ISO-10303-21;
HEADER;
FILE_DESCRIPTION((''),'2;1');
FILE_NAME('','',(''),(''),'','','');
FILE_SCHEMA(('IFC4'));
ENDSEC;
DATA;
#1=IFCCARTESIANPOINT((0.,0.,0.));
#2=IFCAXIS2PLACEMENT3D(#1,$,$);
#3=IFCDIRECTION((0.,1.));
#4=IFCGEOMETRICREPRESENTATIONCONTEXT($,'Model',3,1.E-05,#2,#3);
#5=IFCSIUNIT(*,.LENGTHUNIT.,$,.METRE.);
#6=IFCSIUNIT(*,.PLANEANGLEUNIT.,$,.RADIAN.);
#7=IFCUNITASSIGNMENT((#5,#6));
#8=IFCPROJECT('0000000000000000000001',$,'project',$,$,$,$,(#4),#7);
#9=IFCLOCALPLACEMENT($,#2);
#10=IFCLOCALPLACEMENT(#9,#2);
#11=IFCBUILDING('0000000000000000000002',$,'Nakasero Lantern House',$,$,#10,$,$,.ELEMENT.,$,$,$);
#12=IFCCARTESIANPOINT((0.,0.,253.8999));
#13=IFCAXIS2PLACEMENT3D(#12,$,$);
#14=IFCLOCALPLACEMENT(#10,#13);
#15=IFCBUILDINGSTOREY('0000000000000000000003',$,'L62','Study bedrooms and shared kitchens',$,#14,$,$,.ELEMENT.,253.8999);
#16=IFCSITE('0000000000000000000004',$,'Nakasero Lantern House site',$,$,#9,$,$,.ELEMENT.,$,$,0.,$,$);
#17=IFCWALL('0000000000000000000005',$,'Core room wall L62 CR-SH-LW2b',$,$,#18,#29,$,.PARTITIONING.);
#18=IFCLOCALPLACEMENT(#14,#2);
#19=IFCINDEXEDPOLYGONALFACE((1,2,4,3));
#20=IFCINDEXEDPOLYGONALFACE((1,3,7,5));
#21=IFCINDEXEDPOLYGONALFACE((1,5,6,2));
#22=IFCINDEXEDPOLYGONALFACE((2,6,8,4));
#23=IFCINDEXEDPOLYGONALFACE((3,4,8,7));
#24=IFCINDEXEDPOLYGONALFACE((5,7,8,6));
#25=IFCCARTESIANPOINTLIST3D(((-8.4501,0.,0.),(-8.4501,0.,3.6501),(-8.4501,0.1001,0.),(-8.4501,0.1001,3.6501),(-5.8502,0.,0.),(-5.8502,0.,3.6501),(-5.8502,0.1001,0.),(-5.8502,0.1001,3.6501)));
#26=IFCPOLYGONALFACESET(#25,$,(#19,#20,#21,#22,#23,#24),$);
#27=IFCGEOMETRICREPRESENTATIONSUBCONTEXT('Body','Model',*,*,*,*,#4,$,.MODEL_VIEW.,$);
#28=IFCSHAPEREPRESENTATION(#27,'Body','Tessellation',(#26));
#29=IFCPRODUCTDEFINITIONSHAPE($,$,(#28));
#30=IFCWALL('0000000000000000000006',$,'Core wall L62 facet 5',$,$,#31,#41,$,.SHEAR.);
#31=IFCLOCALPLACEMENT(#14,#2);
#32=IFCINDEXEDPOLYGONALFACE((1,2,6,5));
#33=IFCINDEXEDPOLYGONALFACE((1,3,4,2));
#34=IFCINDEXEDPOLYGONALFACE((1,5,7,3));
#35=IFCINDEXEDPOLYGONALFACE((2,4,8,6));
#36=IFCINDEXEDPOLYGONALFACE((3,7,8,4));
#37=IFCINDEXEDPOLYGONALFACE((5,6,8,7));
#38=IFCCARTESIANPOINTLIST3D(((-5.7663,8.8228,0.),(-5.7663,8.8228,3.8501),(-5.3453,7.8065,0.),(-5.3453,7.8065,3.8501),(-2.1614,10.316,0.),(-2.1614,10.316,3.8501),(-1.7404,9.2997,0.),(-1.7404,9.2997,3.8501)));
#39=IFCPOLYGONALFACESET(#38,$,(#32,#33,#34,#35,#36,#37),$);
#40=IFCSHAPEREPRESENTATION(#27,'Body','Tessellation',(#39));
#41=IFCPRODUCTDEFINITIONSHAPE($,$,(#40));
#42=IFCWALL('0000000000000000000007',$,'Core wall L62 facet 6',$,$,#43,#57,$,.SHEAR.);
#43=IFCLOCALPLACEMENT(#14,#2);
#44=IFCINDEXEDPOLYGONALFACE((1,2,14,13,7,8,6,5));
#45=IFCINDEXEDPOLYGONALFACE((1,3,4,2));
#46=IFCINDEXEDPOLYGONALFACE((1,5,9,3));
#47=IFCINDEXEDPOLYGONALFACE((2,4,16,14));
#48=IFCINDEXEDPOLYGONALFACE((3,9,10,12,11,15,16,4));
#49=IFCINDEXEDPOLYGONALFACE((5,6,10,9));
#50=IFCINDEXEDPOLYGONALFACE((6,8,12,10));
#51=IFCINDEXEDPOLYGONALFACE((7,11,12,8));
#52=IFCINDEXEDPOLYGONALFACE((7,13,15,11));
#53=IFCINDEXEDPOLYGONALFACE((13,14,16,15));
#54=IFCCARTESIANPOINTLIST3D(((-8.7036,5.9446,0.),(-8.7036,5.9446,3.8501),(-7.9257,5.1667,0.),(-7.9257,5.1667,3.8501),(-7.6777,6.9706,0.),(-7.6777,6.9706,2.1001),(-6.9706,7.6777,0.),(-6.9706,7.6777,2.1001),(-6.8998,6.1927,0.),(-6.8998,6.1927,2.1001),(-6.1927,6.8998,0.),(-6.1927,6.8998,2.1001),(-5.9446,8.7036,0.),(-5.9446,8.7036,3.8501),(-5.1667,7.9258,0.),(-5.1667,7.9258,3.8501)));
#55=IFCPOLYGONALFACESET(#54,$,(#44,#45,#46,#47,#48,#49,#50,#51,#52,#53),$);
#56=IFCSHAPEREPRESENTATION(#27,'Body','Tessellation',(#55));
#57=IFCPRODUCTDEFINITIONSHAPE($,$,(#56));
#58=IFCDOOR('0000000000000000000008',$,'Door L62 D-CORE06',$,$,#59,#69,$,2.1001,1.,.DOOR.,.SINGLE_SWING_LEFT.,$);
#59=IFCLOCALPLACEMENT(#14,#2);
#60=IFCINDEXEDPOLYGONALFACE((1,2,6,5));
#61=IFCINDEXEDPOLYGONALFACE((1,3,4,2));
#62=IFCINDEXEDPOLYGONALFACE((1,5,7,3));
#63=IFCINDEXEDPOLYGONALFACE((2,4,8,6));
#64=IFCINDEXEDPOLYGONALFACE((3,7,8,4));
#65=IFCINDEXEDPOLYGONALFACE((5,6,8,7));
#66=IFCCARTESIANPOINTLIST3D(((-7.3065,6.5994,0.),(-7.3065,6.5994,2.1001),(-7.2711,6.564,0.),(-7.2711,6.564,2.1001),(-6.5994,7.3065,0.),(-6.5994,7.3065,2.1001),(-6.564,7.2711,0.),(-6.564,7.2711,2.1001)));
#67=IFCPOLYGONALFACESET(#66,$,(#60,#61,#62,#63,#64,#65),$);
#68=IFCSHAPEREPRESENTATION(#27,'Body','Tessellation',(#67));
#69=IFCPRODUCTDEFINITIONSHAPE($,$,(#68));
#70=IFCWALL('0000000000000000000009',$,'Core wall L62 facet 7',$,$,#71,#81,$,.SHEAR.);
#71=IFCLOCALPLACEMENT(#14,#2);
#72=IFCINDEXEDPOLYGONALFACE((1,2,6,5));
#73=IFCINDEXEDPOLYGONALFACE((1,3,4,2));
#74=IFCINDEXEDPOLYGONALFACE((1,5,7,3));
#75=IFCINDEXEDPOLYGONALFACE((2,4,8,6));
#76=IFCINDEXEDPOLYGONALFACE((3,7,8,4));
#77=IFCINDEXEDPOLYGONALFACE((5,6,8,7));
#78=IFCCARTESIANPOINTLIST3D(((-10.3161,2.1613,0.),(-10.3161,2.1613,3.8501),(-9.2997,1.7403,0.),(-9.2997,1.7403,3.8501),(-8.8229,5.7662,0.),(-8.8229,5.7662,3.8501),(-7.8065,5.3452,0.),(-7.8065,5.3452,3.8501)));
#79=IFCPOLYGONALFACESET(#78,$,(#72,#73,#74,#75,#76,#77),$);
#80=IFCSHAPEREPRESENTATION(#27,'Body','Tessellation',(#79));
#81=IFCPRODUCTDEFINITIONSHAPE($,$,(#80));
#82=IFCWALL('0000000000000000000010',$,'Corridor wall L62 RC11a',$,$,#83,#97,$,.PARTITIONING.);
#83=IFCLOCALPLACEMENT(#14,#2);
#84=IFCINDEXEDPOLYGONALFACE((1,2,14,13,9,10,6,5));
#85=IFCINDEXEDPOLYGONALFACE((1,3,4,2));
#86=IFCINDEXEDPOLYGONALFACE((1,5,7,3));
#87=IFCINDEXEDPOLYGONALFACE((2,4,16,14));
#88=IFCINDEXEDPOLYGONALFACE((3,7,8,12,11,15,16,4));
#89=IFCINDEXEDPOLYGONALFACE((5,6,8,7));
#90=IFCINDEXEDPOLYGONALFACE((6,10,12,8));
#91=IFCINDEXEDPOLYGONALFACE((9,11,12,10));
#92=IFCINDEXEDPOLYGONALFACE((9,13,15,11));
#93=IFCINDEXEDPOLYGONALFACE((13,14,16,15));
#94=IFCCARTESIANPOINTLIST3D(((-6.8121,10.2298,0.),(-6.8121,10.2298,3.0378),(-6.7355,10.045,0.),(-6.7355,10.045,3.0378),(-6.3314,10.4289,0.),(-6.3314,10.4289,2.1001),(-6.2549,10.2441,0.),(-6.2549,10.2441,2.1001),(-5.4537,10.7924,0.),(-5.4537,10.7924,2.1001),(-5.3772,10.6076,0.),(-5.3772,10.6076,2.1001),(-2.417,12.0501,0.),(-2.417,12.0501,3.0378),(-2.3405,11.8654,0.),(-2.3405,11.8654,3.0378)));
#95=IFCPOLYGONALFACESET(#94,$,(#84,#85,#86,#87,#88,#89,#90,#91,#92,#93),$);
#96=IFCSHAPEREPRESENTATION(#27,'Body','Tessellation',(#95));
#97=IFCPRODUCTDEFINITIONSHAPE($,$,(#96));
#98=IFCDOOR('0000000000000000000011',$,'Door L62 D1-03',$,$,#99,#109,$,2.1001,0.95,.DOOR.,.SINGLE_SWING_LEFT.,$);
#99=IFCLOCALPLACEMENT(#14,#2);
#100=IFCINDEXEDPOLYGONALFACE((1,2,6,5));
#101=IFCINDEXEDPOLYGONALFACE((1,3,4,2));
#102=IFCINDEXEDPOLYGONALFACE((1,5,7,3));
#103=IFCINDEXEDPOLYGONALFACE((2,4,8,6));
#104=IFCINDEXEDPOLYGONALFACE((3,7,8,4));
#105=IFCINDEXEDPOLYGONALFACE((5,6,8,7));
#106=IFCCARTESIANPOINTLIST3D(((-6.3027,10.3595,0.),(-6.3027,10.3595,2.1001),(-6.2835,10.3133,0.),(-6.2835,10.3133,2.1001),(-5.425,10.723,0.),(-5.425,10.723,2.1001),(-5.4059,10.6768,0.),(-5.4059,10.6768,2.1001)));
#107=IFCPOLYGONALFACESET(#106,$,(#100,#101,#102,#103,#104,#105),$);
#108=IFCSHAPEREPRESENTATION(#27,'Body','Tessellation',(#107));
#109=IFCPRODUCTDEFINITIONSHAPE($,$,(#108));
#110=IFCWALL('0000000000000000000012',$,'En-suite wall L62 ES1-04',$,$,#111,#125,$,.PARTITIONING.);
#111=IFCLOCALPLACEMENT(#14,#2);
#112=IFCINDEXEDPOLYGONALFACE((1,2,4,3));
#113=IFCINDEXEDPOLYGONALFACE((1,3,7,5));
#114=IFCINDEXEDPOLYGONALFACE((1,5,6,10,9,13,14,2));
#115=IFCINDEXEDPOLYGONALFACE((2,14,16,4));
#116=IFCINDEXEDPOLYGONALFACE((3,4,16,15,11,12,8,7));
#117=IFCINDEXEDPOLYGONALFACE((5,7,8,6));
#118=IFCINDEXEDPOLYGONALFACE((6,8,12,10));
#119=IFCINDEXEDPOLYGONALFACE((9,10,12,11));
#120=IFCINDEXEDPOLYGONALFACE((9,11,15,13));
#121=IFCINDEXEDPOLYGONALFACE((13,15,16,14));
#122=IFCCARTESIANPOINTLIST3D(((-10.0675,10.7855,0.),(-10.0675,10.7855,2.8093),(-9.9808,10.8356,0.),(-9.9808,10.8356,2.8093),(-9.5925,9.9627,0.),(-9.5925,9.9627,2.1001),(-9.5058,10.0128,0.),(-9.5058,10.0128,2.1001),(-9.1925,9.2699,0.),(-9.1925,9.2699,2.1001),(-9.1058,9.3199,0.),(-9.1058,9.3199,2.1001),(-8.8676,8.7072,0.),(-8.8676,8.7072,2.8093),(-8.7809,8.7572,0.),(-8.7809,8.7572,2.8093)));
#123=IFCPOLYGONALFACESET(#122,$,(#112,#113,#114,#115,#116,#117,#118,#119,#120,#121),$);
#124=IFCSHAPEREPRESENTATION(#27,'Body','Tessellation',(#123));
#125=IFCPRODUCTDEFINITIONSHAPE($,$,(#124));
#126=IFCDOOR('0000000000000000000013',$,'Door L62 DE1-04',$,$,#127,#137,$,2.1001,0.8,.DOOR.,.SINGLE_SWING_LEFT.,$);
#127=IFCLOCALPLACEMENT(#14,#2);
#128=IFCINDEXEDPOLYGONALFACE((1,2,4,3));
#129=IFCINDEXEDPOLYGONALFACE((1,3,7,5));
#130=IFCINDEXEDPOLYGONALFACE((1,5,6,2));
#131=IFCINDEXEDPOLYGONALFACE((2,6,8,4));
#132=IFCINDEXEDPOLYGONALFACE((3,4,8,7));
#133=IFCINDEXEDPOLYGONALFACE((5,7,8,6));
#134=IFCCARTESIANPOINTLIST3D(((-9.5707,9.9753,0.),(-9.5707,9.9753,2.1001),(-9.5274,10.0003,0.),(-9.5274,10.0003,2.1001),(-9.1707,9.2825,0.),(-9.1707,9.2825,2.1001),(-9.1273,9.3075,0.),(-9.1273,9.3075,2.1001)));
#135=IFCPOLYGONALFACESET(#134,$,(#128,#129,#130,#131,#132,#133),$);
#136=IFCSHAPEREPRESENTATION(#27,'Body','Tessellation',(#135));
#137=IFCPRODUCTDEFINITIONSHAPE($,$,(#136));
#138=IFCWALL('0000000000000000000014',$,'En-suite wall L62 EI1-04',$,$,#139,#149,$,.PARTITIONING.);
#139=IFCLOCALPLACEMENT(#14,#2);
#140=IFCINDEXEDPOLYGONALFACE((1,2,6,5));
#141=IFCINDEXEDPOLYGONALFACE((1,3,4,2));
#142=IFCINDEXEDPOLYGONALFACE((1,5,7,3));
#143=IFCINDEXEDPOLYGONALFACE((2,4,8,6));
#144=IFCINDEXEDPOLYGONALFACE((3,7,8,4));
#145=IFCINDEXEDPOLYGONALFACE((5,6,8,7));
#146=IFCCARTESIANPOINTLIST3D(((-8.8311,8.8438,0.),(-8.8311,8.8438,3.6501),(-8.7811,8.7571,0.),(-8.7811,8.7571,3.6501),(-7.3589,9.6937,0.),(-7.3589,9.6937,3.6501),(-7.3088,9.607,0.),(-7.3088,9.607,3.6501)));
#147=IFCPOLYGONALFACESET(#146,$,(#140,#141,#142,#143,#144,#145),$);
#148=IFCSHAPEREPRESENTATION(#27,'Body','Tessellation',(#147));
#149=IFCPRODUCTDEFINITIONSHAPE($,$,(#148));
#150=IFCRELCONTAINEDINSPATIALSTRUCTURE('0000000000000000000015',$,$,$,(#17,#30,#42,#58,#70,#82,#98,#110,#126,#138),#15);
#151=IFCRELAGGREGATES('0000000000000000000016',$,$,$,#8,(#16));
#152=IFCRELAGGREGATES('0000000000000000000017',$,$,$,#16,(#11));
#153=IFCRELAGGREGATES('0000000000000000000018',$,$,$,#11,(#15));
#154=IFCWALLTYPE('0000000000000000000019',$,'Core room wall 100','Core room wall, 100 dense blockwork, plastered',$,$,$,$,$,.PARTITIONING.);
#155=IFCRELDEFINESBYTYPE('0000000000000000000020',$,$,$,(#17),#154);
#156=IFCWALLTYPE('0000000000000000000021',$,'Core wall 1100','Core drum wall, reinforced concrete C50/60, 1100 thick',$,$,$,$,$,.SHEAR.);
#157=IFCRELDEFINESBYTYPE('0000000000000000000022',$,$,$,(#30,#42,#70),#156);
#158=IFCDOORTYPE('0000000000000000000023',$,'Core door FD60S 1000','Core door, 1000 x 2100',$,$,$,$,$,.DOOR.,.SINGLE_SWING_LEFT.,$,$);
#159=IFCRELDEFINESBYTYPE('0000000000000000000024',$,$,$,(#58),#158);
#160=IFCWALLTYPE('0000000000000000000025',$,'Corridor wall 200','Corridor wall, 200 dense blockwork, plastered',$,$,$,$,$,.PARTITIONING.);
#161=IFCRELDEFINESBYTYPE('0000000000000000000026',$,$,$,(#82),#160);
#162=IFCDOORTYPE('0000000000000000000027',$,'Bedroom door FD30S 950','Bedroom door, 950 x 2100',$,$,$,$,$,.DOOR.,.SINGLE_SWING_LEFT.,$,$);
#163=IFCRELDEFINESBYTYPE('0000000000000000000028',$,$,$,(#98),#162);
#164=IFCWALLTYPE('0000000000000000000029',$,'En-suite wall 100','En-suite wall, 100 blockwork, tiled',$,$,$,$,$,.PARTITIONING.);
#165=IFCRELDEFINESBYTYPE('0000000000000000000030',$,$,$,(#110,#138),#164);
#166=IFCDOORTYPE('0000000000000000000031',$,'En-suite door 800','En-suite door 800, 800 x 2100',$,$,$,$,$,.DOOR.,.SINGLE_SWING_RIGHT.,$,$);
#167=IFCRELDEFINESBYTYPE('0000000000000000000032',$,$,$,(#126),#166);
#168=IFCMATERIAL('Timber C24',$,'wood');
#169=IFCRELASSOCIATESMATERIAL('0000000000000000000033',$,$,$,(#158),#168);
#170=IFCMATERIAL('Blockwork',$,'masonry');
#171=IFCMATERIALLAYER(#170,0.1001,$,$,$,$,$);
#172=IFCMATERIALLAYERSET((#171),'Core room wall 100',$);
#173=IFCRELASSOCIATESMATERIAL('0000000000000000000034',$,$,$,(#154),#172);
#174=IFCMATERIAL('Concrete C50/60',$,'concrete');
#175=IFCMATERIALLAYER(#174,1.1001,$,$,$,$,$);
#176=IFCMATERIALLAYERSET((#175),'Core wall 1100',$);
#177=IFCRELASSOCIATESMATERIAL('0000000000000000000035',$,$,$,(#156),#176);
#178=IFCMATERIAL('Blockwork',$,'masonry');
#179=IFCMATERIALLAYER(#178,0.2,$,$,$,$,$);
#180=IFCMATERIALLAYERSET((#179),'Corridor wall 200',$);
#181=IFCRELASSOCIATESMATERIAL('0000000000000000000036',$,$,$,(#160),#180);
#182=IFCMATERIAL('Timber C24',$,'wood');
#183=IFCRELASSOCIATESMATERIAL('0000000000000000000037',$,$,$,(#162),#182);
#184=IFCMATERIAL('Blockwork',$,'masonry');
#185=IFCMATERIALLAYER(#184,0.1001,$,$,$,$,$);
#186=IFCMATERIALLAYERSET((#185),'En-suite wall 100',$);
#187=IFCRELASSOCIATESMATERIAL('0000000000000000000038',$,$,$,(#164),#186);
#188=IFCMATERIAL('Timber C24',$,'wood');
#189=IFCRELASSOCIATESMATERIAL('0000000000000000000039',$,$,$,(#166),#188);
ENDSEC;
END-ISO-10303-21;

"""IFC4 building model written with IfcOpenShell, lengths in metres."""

from ifc_helpers import new_model, si_unit, direction, frame, frame_2d, origin, place, context, subcontext, project, spatial, rectangle, extrude, material, layer, layer_set, type_object, element, fill, save


model = new_model("IFC4")

# Units and contexts
model_context = context("Model", 3, precision=1e-05, world=origin(), true_north=direction((0.0, 1.0)))
body_context = subcontext(model_context, "Body", "Model", "MODEL_VIEW")
ifc_project = project(units=[si_unit("LENGTHUNIT", "METRE"), si_unit("PLANEANGLEUNIT", "RADIAN")], contexts=[model_context])

# Site, building, storey
site_placement = place(None, origin())
site = spatial("IfcSite", under=ifc_project, at=site_placement, Name="Nakasero Lantern House site", CompositionType="ELEMENT", RefElevation=0.0)
building_placement = place(site_placement, origin())
building = spatial("IfcBuilding", under=site, at=building_placement, Name="Nakasero Lantern House", CompositionType="ELEMENT")
storey_placement = place(building_placement, frame((0.0, 0.0, 253.8999)))
storey = spatial("IfcBuildingStorey", under=building, at=storey_placement, Name="L62", Description="Study bedrooms and shared kitchens", CompositionType="ELEMENT", Elevation=253.8999)

# Shared definitions
ifc_material_1 = material(Name="Timber C24", Category="wood")
door_type_1 = type_object("IfcDoorType", Name="Core door FD60S 1000", Description="Core door, 1000 x 2100", OperationType="SINGLE_SWING_LEFT", PredefinedType="DOOR", material=ifc_material_1)

# Walls
ifc_material_2 = material(Name="Blockwork", Category="masonry")
ifc_layer_1 = layer(ifc_material_2, 0.1001)
ifc_layer_set_1 = layer_set([ifc_layer_1], Name="Core room wall 100")
wall_type_1 = type_object("IfcWallType", Name="Core room wall 100", Description="Core room wall, 100 dense blockwork, plastered", PredefinedType="PARTITIONING", material=ifc_layer_set_1)
wall_1_placement = place(storey_placement, frame((-8.45, 0.05, 0.0), z_axis=(0.0, 0.0, 1.0), x_axis=(1.0, 0.0, 0.0)))
element("IfcWall", 1, at=wall_1_placement, inside=storey, type_object=wall_type_1, Name="Core room wall L62 CR-SH-LW2b", PredefinedType="PARTITIONING", context=body_context, shape_type="SweptSolid", body=[
    extrude(rectangle(XDim=2.5999, YDim=0.1001, at=frame_2d((1.2998, 0.0))), origin(), (0.0, 0.0, 1.0), 3.6501),
])
ifc_material_3 = material(Name="Concrete C50/60", Category="concrete")
ifc_layer_2 = layer(ifc_material_3, 1.1001)
ifc_layer_set_2 = layer_set([ifc_layer_2], Name="Core wall 1100")
wall_type_2 = type_object("IfcWallType", Name="Core wall 1100", Description="Core drum wall, reinforced concrete C50/60, 1100 thick", PredefinedType="SHEAR", material=ifc_layer_set_2)
wall_2_placement = place(storey_placement, frame((-1.9509, 9.8079, 0.0), z_axis=(0.0, 0.0, 1.0), x_axis=(-0.923877, -0.382691, 0.0)))
element("IfcWall", 2, at=wall_2_placement, inside=storey, type_object=wall_type_2, Name="Core wall L62 facet 5", PredefinedType="SHEAR", context=body_context, shape_type="SweptSolid", body=[
    extrude(rectangle(XDim=3.9019, YDim=1.1001, at=frame_2d((1.9509, 0.0))), origin(), (0.0, 0.0, 1.0), 3.8501),
])

# Wall, opening, door
wall_3_placement = place(storey_placement, frame((-5.5557, 8.3147, 0.0), z_axis=(0.0, 0.0, 1.0), x_axis=(-0.707107, -0.707107, 0.0)))
wall_3 = element("IfcWall", 3, at=wall_3_placement, inside=storey, type_object=wall_type_2, Name="Core wall L62 facet 6", PredefinedType="SHEAR", context=body_context, shape_type="SweptSolid", body=[
    extrude(rectangle(XDim=3.9019, YDim=1.1001, at=frame_2d((1.9509, 0.0))), origin(), (0.0, 0.0, 1.0), 3.8501),
])
opening_1_placement = place(wall_3_placement, frame((1.4509, 0.0, 0.0)))
opening_1 = element("IfcOpeningElement", 4, at=opening_1_placement, cuts=wall_3, PredefinedType="OPENING", context=body_context, shape_type="SweptSolid", body=[
    extrude(rectangle(XDim=1.0, YDim=2.1001, at=frame_2d((0.5, 1.05))), frame((0.0, 0.5701, 0.0), z_axis=(0.0, -1.0, 0.0), x_axis=(1.0, 0.0, 0.0)), (0.0, 0.0, 1.0), 1.1401),
])
door_1_placement = place(opening_1_placement, origin())
door_1 = element("IfcDoor", 5, at=door_1_placement, inside=storey, type_object=door_type_1, Name="Door L62 D-CORE06", OperationType="SINGLE_SWING_LEFT", OverallHeight=2.1001, OverallWidth=1.0, PredefinedType="DOOR", context=body_context, shape_type="SweptSolid", body=[
    extrude(rectangle(XDim=1.0, YDim=2.1001, at=frame_2d((0.5, 1.05))), frame((0.0, 0.0249, 0.0), z_axis=(0.0, -1.0, 0.0), x_axis=(1.0, 0.0, 0.0)), (0.0, 0.0, 1.0), 0.05),
])
fill(opening_1, door_1)

# Wall
wall_4_placement = place(storey_placement, frame((-8.3147, 5.5557, 0.0), z_axis=(0.0, 0.0, 1.0), x_axis=(-0.382691, -0.923877, 0.0)))
element("IfcWall", 6, at=wall_4_placement, inside=storey, type_object=wall_type_2, Name="Core wall L62 facet 7", PredefinedType="SHEAR", context=body_context, shape_type="SweptSolid", body=[
    extrude(rectangle(XDim=3.9019, YDim=1.1001, at=frame_2d((1.9509, 0.0))), origin(), (0.0, 0.0, 1.0), 3.8501),
])

# Walls, openings, doors
ifc_material_4 = material(Name="Blockwork", Category="masonry")
ifc_layer_3 = layer(ifc_material_4, 0.2)
ifc_layer_set_3 = layer_set([ifc_layer_3], Name="Corridor wall 200")
wall_type_3 = type_object("IfcWallType", Name="Corridor wall 200", Description="Corridor wall, 200 dense blockwork, plastered", PredefinedType="PARTITIONING", material=ifc_layer_set_3)
wall_5_placement = place(storey_placement, frame((-6.7737, 10.1375, 0.0), z_axis=(0.0, 0.0, 1.0), x_axis=(0.923892, 0.382654, 0.0)))
wall_5 = element("IfcWall", 7, at=wall_5_placement, inside=storey, type_object=wall_type_3, Name="Corridor wall L62 RC11a", PredefinedType="PARTITIONING", context=body_context, shape_type="SweptSolid", body=[
    extrude(rectangle(XDim=4.7571, YDim=0.2, at=frame_2d((2.3784, 0.0))), origin(), (0.0, 0.0, 1.0), 3.0378),
])
opening_2_placement = place(wall_5_placement, frame((0.52, 0.0, 0.0)))
opening_2 = element("IfcOpeningElement", 8, at=opening_2_placement, cuts=wall_5, PredefinedType="OPENING", context=body_context, shape_type="SweptSolid", body=[
    extrude(rectangle(XDim=0.95, YDim=2.1001, at=frame_2d((0.4751, 1.05))), frame((0.0, 0.1199, 0.0), z_axis=(0.0, -1.0, 0.0), x_axis=(1.0, 0.0, 0.0)), (0.0, 0.0, 1.0), 0.24),
])
ifc_material_5 = material(Name="Timber C24", Category="wood")
door_type_2 = type_object("IfcDoorType", Name="Bedroom door FD30S 950", Description="Bedroom door, 950 x 2100", OperationType="SINGLE_SWING_LEFT", PredefinedType="DOOR", material=ifc_material_5)
door_2_placement = place(opening_2_placement, origin())
door_2 = element("IfcDoor", 9, at=door_2_placement, inside=storey, type_object=door_type_2, Name="Door L62 D1-03", OperationType="SINGLE_SWING_LEFT", OverallHeight=2.1001, OverallWidth=0.95, PredefinedType="DOOR", context=body_context, shape_type="SweptSolid", body=[
    extrude(rectangle(XDim=0.95, YDim=2.1001, at=frame_2d((0.4751, 1.05))), frame((0.0, 0.0249, 0.0), z_axis=(0.0, -1.0, 0.0), x_axis=(1.0, 0.0, 0.0)), (0.0, 0.0, 1.0), 0.05),
])
fill(opening_2, door_2)
ifc_material_6 = material(Name="Blockwork", Category="masonry")
ifc_layer_4 = layer(ifc_material_6, 0.1001)
ifc_layer_set_4 = layer_set([ifc_layer_4], Name="En-suite wall 100")
wall_type_4 = type_object("IfcWallType", Name="En-suite wall 100", Description="En-suite wall, 100 blockwork, tiled", PredefinedType="PARTITIONING", material=ifc_layer_set_4)
wall_6_placement = place(storey_placement, frame((-8.8242, 8.7322, 0.0), z_axis=(0.0, 0.0, 1.0), x_axis=(-0.500001, 0.866025, 0.0)))
wall_6 = element("IfcWall", 10, at=wall_6_placement, inside=storey, type_object=wall_type_4, Name="En-suite wall L62 ES1-04", PredefinedType="PARTITIONING", context=body_context, shape_type="SweptSolid", body=[
    extrude(rectangle(XDim=2.3999, YDim=0.1001, at=frame_2d((1.2, 0.0))), origin(), (0.0, 0.0, 1.0), 2.8093),
])
opening_3_placement = place(wall_6_placement, frame((0.6499, 0.0, 0.0)))
opening_3 = element("IfcOpeningElement", 11, at=opening_3_placement, cuts=wall_6, PredefinedType="OPENING", context=body_context, shape_type="SweptSolid", body=[
    extrude(rectangle(XDim=0.8, YDim=2.1001, at=frame_2d((0.3999, 1.05))), frame((0.0, 0.0701, 0.0), z_axis=(0.0, -1.0, 0.0), x_axis=(1.0, 0.0, 0.0)), (0.0, 0.0, 1.0), 0.1401),
])
ifc_material_7 = material(Name="Timber C24", Category="wood")
door_type_3 = type_object("IfcDoorType", Name="En-suite door 800", Description="En-suite door 800, 800 x 2100", OperationType="SINGLE_SWING_RIGHT", PredefinedType="DOOR", material=ifc_material_7)
door_3_placement = place(opening_3_placement, origin())
door_3 = element("IfcDoor", 12, at=door_3_placement, inside=storey, type_object=door_type_3, Name="Door L62 DE1-04", OperationType="SINGLE_SWING_LEFT", OverallHeight=2.1001, OverallWidth=0.8, PredefinedType="DOOR", context=body_context, shape_type="SweptSolid", body=[
    extrude(rectangle(XDim=0.8, YDim=2.1001, at=frame_2d((0.3999, 1.05))), frame((0.0, 0.0249, 0.0), z_axis=(0.0, -1.0, 0.0), x_axis=(1.0, 0.0, 0.0)), (0.0, 0.0, 1.0), 0.05),
])
fill(opening_3, door_3)

# Wall
wall_7_placement = place(storey_placement, frame((-7.3337, 9.6504, 0.0), z_axis=(0.0, 0.0, 1.0), x_axis=(-0.866052, -0.499955, 0.0)))
element("IfcWall", 13, at=wall_7_placement, inside=storey, type_object=wall_type_4, Name="En-suite wall L62 EI1-04", PredefinedType="PARTITIONING", context=body_context, shape_type="SweptSolid", body=[
    extrude(rectangle(XDim=1.7, YDim=0.1001, at=frame_2d((0.8501, 0.0))), origin(), (0.0, 0.0, 1.0), 3.6501),
])

save(model, "model.ifc")
